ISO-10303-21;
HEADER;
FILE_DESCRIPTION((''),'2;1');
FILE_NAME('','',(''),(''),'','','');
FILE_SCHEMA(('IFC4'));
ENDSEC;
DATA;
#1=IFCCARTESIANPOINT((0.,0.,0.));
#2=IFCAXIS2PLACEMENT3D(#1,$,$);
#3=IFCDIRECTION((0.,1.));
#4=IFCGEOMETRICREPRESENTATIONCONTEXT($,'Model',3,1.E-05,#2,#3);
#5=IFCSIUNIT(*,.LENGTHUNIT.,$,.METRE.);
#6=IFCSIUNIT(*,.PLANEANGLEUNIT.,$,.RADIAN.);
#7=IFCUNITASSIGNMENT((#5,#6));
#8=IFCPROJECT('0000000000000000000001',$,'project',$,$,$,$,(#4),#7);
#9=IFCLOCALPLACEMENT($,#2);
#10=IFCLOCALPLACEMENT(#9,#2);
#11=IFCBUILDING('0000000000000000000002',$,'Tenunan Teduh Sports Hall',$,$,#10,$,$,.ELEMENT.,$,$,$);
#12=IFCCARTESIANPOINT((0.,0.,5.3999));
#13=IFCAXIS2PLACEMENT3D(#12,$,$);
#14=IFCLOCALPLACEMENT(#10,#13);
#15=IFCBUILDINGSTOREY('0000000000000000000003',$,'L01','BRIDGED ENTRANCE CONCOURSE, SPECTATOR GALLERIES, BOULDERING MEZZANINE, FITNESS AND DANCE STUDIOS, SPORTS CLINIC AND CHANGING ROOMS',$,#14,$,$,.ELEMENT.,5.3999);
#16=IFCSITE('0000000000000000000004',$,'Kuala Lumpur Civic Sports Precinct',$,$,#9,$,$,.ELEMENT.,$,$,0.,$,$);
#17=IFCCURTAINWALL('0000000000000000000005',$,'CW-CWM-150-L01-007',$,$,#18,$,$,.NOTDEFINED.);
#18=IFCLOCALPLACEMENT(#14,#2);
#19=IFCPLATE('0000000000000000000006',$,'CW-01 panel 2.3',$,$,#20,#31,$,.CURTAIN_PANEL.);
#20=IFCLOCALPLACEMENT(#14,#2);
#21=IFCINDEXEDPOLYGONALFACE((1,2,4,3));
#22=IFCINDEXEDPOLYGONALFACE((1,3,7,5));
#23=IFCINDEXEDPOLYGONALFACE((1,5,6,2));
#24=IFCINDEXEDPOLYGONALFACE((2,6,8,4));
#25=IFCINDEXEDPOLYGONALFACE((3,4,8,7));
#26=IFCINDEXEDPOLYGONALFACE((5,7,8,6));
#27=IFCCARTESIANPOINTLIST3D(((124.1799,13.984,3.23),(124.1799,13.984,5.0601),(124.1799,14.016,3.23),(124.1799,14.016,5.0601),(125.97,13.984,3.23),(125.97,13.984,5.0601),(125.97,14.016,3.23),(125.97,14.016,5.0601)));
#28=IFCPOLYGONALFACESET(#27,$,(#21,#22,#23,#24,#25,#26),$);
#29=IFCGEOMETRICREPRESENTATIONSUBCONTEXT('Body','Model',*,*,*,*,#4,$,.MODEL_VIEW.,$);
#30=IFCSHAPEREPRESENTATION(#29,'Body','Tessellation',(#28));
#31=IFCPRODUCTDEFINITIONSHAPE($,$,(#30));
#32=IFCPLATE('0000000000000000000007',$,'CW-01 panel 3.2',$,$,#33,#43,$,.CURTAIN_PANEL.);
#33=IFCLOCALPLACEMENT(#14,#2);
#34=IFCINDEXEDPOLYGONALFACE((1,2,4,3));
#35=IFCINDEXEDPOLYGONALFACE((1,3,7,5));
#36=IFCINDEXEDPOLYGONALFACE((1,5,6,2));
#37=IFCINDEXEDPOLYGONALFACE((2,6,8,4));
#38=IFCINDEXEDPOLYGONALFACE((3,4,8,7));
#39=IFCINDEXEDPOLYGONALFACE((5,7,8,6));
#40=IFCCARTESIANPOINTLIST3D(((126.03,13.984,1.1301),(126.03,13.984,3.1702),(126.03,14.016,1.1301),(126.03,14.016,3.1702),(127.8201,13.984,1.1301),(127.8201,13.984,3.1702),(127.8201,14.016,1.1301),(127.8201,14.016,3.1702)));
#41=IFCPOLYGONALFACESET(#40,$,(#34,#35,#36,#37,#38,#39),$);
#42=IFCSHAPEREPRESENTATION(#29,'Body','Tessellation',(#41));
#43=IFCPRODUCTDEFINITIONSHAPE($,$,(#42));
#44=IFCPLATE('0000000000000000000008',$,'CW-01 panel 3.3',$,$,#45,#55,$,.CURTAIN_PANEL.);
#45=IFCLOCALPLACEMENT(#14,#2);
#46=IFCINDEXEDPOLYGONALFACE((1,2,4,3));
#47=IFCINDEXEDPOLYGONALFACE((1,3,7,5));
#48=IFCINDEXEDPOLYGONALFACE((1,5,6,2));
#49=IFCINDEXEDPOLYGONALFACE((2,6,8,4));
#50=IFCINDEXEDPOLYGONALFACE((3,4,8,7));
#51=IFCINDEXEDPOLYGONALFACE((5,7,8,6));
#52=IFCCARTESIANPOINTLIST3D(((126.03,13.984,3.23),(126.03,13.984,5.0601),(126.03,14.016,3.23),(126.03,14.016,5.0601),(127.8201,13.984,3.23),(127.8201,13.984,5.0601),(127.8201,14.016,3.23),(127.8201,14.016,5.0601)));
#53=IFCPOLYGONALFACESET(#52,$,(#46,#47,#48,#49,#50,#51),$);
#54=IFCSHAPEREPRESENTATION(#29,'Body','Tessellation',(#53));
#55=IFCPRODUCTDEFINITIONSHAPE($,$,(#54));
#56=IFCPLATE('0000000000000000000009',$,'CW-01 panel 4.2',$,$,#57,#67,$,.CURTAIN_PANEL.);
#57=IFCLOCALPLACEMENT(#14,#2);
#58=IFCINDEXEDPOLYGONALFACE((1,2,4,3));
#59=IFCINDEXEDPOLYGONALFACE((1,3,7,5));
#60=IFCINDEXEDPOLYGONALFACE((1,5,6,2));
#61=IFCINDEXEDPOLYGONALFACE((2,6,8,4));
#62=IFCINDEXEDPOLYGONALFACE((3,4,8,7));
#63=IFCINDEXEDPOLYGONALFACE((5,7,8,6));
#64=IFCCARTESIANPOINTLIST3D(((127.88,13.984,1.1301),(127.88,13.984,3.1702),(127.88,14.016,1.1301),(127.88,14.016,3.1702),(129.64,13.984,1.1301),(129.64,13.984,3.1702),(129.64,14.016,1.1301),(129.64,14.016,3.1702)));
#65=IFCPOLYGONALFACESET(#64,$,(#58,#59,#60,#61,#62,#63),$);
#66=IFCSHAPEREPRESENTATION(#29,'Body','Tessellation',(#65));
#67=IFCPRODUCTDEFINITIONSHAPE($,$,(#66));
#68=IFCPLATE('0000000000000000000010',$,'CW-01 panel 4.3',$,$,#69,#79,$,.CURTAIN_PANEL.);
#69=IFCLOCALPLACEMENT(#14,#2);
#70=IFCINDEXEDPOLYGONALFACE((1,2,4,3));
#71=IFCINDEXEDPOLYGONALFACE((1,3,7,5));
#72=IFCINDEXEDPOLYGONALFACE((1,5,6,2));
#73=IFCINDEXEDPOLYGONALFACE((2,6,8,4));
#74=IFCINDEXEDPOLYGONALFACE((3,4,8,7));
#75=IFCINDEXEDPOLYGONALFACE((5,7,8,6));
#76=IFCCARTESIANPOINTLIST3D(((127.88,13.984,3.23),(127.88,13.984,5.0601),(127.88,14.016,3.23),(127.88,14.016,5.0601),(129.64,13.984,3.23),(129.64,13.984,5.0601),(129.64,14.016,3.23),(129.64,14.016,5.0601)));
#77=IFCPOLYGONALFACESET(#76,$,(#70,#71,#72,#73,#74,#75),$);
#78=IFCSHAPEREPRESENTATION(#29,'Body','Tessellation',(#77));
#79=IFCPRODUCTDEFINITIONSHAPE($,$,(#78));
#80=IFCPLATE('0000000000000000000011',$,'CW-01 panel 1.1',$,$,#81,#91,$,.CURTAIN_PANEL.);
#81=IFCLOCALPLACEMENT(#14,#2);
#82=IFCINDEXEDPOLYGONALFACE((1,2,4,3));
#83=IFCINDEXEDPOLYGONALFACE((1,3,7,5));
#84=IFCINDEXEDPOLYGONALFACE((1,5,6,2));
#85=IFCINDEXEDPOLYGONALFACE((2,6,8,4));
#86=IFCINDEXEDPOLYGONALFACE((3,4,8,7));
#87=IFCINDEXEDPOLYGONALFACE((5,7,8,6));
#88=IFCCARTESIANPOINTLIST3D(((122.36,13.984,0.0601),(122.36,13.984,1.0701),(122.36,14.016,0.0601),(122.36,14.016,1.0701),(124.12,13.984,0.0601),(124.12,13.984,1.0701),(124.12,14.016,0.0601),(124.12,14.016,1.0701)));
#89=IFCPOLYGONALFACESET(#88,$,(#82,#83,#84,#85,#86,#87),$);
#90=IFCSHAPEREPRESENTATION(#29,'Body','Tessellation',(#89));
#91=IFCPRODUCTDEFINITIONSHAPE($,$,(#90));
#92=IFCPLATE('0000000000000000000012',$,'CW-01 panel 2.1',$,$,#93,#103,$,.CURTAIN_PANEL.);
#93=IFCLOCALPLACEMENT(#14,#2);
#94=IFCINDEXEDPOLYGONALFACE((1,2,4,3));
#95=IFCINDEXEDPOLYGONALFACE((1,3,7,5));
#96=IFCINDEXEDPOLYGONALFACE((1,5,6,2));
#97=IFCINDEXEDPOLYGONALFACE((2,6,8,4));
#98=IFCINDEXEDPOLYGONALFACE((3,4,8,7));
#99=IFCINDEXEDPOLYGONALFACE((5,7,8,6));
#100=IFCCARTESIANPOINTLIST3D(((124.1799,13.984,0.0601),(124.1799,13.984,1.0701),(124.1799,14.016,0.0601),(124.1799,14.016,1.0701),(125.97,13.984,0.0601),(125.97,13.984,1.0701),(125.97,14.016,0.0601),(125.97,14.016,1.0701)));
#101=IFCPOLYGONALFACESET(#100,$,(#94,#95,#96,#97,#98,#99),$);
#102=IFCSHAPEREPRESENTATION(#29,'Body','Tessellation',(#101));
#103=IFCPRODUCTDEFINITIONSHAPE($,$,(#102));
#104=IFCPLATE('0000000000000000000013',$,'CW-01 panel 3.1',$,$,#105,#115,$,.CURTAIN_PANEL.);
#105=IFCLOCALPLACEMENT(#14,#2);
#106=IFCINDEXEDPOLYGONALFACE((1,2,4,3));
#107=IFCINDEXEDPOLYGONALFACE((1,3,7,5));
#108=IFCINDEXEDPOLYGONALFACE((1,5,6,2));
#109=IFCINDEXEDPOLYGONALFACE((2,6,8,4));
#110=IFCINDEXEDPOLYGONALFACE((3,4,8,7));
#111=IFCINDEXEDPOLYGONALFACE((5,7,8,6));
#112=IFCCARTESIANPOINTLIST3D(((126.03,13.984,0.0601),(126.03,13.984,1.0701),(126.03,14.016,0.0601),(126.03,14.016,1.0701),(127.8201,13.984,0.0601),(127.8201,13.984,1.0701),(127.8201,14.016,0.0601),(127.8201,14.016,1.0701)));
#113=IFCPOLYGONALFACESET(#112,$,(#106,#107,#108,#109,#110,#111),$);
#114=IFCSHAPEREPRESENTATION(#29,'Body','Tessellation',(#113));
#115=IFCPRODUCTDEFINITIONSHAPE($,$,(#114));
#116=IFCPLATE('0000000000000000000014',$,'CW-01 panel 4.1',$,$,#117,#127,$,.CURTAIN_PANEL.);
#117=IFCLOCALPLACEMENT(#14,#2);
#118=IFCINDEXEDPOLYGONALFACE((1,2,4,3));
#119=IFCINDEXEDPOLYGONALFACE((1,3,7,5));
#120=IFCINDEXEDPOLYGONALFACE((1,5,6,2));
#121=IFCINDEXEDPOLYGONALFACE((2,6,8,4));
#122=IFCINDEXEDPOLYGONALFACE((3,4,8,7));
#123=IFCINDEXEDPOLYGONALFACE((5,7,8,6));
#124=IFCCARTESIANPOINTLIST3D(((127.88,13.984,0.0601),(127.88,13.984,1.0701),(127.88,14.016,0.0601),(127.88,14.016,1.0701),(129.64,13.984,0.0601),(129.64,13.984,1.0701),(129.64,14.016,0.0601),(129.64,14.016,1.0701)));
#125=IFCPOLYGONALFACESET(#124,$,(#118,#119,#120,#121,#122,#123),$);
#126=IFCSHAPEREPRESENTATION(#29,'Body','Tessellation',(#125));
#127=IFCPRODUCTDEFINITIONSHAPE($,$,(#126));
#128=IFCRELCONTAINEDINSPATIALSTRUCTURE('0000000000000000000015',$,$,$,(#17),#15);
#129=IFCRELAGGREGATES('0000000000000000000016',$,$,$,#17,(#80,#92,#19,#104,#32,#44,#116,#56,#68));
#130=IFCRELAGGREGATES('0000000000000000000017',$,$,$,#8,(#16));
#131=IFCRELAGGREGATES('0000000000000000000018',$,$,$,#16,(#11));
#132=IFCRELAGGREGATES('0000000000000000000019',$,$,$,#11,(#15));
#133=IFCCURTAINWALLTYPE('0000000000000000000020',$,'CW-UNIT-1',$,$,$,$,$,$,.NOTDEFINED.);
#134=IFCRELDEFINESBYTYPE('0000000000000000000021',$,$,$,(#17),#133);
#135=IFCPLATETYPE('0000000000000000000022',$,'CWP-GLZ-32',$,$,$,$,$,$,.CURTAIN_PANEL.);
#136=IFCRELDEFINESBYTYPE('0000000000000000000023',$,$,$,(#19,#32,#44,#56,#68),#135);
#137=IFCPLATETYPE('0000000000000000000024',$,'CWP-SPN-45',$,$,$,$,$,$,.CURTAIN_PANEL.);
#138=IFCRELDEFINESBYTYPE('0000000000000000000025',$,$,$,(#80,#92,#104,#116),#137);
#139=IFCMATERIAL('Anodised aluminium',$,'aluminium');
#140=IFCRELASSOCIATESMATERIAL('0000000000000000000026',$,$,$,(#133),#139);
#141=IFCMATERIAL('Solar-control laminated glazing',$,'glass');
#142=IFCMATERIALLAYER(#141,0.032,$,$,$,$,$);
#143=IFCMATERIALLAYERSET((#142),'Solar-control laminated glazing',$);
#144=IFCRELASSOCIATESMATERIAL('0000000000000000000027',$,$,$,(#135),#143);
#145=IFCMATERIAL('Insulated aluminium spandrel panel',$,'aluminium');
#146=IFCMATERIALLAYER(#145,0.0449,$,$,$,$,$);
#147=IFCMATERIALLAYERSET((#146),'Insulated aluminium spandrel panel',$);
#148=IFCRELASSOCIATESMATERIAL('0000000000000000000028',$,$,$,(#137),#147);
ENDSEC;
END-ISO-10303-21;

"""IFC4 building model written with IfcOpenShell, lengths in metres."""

from ifc_helpers import new_model, si_unit, direction, frame, origin, origin_2d, place, context, subcontext, project, spatial, rectangle, extrude, material, layer, layer_set, type_object, element, aggregate, save


model = new_model("IFC4")

# Units and contexts
model_context = context("Model", 3, precision=1e-05, world=origin(), true_north=direction((0.0, 1.0)))
body_context = subcontext(model_context, "Body", "Model", "MODEL_VIEW")
ifc_project = project(units=[si_unit("LENGTHUNIT", "METRE"), si_unit("PLANEANGLEUNIT", "RADIAN")], contexts=[model_context])

# Site, building, storey
site_placement = place(None, origin())
site = spatial("IfcSite", under=ifc_project, at=site_placement, Name="Kuala Lumpur Civic Sports Precinct", CompositionType="ELEMENT", RefElevation=0.0)
building_placement = place(site_placement, origin())
building = spatial("IfcBuilding", under=site, at=building_placement, Name="Tenunan Teduh Sports Hall", CompositionType="ELEMENT")
storey_placement = place(building_placement, frame((0.0, 0.0, 5.3999)))
storey = spatial("IfcBuildingStorey", under=building, at=storey_placement, Name="L01", Description="BRIDGED ENTRANCE CONCOURSE, SPECTATOR GALLERIES, BOULDERING MEZZANINE, FITNESS AND DANCE STUDIOS, SPORTS CLINIC AND CHANGING ROOMS", CompositionType="ELEMENT", Elevation=5.3999)

# Curtain wall
ifc_material_1 = material(Name="Anodised aluminium", Category="aluminium")
curtain_wall_type = type_object("IfcCurtainWallType", Name="CW-UNIT-1", PredefinedType="NOTDEFINED", material=ifc_material_1)
curtain_wall_placement = place(storey_placement, origin())
curtain_wall = element("IfcCurtainWall", 1, at=curtain_wall_placement, inside=storey, type_object=curtain_wall_type, Name="CW-CWM-150-L01-007", PredefinedType="NOTDEFINED")

# Plates
ifc_material_2 = material(Name="Solar-control laminated glazing", Category="glass")
ifc_layer_1 = layer(ifc_material_2, 0.032)
ifc_layer_set_1 = layer_set([ifc_layer_1], Name="Solar-control laminated glazing")
plate_type_1 = type_object("IfcPlateType", Name="CWP-GLZ-32", PredefinedType="CURTAIN_PANEL", material=ifc_layer_set_1)
plate_1_placement = place(storey_placement, frame((125.075, 14.0, 3.23), z_axis=(0.0, 0.0, 1.0), x_axis=(1.0, 0.0, 0.0)))
plate_1 = element("IfcPlate", 2, at=plate_1_placement, type_object=plate_type_1, Name="CW-01 panel 2.3", PredefinedType="CURTAIN_PANEL", context=body_context, shape_type="SweptSolid", body=[
    extrude(rectangle(XDim=1.79, YDim=0.032, at=origin_2d()), origin(), (0.0, 0.0, 1.0), 1.8301),
])
plate_2_placement = place(storey_placement, frame((126.925, 14.0, 1.1301), z_axis=(0.0, 0.0, 1.0), x_axis=(1.0, 0.0, 0.0)))
plate_2 = element("IfcPlate", 3, at=plate_2_placement, type_object=plate_type_1, Name="CW-01 panel 3.2", PredefinedType="CURTAIN_PANEL", context=body_context, shape_type="SweptSolid", body=[
    extrude(rectangle(XDim=1.79, YDim=0.032, at=origin_2d()), origin(), (0.0, 0.0, 1.0), 2.04),
])
plate_3_placement = place(storey_placement, frame((126.925, 14.0, 3.23), z_axis=(0.0, 0.0, 1.0), x_axis=(1.0, 0.0, 0.0)))
plate_3 = element("IfcPlate", 4, at=plate_3_placement, type_object=plate_type_1, Name="CW-01 panel 3.3", PredefinedType="CURTAIN_PANEL", context=body_context, shape_type="SweptSolid", body=[
    extrude(rectangle(XDim=1.79, YDim=0.032, at=origin_2d()), origin(), (0.0, 0.0, 1.0), 1.8301),
])
plate_4_placement = place(storey_placement, frame((128.76, 14.0, 1.1301), z_axis=(0.0, 0.0, 1.0), x_axis=(1.0, 0.0, 0.0)))
plate_4 = element("IfcPlate", 5, at=plate_4_placement, type_object=plate_type_1, Name="CW-01 panel 4.2", PredefinedType="CURTAIN_PANEL", context=body_context, shape_type="SweptSolid", body=[
    extrude(rectangle(XDim=1.76, YDim=0.032, at=origin_2d()), origin(), (0.0, 0.0, 1.0), 2.04),
])
plate_5_placement = place(storey_placement, frame((128.76, 14.0, 3.23), z_axis=(0.0, 0.0, 1.0), x_axis=(1.0, 0.0, 0.0)))
plate_5 = element("IfcPlate", 6, at=plate_5_placement, type_object=plate_type_1, Name="CW-01 panel 4.3", PredefinedType="CURTAIN_PANEL", context=body_context, shape_type="SweptSolid", body=[
    extrude(rectangle(XDim=1.76, YDim=0.032, at=origin_2d()), origin(), (0.0, 0.0, 1.0), 1.8301),
])
ifc_material_3 = material(Name="Insulated aluminium spandrel panel", Category="aluminium")
ifc_layer_2 = layer(ifc_material_3, 0.0449)
ifc_layer_set_2 = layer_set([ifc_layer_2], Name="Insulated aluminium spandrel panel")
plate_type_2 = type_object("IfcPlateType", Name="CWP-SPN-45", PredefinedType="CURTAIN_PANEL", material=ifc_layer_set_2)
plate_6_placement = place(storey_placement, frame((123.24, 14.0, 0.0601), z_axis=(0.0, 0.0, 1.0), x_axis=(1.0, 0.0, 0.0)))
plate_6 = element("IfcPlate", 7, at=plate_6_placement, type_object=plate_type_2, Name="CW-01 panel 1.1", PredefinedType="CURTAIN_PANEL", context=body_context, shape_type="SweptSolid", body=[
    extrude(rectangle(XDim=1.76, YDim=0.032, at=origin_2d()), origin(), (0.0, 0.0, 1.0), 1.01),
])
plate_7_placement = place(storey_placement, frame((125.075, 14.0, 0.0601), z_axis=(0.0, 0.0, 1.0), x_axis=(1.0, 0.0, 0.0)))
plate_7 = element("IfcPlate", 8, at=plate_7_placement, type_object=plate_type_2, Name="CW-01 panel 2.1", PredefinedType="CURTAIN_PANEL", context=body_context, shape_type="SweptSolid", body=[
    extrude(rectangle(XDim=1.79, YDim=0.032, at=origin_2d()), origin(), (0.0, 0.0, 1.0), 1.01),
])
plate_8_placement = place(storey_placement, frame((126.925, 14.0, 0.0601), z_axis=(0.0, 0.0, 1.0), x_axis=(1.0, 0.0, 0.0)))
plate_8 = element("IfcPlate", 9, at=plate_8_placement, type_object=plate_type_2, Name="CW-01 panel 3.1", PredefinedType="CURTAIN_PANEL", context=body_context, shape_type="SweptSolid", body=[
    extrude(rectangle(XDim=1.79, YDim=0.032, at=origin_2d()), origin(), (0.0, 0.0, 1.0), 1.01),
])
plate_9_placement = place(storey_placement, frame((128.76, 14.0, 0.0601), z_axis=(0.0, 0.0, 1.0), x_axis=(1.0, 0.0, 0.0)))
plate_9 = element("IfcPlate", 10, at=plate_9_placement, type_object=plate_type_2, Name="CW-01 panel 4.1", PredefinedType="CURTAIN_PANEL", context=body_context, shape_type="SweptSolid", body=[
    extrude(rectangle(XDim=1.76, YDim=0.032, at=origin_2d()), origin(), (0.0, 0.0, 1.0), 1.01),
])
aggregate(curtain_wall, [plate_6, plate_7, plate_1, plate_8, plate_2, plate_3, plate_9, plate_4, plate_5])

save(model, "model.ifc")
